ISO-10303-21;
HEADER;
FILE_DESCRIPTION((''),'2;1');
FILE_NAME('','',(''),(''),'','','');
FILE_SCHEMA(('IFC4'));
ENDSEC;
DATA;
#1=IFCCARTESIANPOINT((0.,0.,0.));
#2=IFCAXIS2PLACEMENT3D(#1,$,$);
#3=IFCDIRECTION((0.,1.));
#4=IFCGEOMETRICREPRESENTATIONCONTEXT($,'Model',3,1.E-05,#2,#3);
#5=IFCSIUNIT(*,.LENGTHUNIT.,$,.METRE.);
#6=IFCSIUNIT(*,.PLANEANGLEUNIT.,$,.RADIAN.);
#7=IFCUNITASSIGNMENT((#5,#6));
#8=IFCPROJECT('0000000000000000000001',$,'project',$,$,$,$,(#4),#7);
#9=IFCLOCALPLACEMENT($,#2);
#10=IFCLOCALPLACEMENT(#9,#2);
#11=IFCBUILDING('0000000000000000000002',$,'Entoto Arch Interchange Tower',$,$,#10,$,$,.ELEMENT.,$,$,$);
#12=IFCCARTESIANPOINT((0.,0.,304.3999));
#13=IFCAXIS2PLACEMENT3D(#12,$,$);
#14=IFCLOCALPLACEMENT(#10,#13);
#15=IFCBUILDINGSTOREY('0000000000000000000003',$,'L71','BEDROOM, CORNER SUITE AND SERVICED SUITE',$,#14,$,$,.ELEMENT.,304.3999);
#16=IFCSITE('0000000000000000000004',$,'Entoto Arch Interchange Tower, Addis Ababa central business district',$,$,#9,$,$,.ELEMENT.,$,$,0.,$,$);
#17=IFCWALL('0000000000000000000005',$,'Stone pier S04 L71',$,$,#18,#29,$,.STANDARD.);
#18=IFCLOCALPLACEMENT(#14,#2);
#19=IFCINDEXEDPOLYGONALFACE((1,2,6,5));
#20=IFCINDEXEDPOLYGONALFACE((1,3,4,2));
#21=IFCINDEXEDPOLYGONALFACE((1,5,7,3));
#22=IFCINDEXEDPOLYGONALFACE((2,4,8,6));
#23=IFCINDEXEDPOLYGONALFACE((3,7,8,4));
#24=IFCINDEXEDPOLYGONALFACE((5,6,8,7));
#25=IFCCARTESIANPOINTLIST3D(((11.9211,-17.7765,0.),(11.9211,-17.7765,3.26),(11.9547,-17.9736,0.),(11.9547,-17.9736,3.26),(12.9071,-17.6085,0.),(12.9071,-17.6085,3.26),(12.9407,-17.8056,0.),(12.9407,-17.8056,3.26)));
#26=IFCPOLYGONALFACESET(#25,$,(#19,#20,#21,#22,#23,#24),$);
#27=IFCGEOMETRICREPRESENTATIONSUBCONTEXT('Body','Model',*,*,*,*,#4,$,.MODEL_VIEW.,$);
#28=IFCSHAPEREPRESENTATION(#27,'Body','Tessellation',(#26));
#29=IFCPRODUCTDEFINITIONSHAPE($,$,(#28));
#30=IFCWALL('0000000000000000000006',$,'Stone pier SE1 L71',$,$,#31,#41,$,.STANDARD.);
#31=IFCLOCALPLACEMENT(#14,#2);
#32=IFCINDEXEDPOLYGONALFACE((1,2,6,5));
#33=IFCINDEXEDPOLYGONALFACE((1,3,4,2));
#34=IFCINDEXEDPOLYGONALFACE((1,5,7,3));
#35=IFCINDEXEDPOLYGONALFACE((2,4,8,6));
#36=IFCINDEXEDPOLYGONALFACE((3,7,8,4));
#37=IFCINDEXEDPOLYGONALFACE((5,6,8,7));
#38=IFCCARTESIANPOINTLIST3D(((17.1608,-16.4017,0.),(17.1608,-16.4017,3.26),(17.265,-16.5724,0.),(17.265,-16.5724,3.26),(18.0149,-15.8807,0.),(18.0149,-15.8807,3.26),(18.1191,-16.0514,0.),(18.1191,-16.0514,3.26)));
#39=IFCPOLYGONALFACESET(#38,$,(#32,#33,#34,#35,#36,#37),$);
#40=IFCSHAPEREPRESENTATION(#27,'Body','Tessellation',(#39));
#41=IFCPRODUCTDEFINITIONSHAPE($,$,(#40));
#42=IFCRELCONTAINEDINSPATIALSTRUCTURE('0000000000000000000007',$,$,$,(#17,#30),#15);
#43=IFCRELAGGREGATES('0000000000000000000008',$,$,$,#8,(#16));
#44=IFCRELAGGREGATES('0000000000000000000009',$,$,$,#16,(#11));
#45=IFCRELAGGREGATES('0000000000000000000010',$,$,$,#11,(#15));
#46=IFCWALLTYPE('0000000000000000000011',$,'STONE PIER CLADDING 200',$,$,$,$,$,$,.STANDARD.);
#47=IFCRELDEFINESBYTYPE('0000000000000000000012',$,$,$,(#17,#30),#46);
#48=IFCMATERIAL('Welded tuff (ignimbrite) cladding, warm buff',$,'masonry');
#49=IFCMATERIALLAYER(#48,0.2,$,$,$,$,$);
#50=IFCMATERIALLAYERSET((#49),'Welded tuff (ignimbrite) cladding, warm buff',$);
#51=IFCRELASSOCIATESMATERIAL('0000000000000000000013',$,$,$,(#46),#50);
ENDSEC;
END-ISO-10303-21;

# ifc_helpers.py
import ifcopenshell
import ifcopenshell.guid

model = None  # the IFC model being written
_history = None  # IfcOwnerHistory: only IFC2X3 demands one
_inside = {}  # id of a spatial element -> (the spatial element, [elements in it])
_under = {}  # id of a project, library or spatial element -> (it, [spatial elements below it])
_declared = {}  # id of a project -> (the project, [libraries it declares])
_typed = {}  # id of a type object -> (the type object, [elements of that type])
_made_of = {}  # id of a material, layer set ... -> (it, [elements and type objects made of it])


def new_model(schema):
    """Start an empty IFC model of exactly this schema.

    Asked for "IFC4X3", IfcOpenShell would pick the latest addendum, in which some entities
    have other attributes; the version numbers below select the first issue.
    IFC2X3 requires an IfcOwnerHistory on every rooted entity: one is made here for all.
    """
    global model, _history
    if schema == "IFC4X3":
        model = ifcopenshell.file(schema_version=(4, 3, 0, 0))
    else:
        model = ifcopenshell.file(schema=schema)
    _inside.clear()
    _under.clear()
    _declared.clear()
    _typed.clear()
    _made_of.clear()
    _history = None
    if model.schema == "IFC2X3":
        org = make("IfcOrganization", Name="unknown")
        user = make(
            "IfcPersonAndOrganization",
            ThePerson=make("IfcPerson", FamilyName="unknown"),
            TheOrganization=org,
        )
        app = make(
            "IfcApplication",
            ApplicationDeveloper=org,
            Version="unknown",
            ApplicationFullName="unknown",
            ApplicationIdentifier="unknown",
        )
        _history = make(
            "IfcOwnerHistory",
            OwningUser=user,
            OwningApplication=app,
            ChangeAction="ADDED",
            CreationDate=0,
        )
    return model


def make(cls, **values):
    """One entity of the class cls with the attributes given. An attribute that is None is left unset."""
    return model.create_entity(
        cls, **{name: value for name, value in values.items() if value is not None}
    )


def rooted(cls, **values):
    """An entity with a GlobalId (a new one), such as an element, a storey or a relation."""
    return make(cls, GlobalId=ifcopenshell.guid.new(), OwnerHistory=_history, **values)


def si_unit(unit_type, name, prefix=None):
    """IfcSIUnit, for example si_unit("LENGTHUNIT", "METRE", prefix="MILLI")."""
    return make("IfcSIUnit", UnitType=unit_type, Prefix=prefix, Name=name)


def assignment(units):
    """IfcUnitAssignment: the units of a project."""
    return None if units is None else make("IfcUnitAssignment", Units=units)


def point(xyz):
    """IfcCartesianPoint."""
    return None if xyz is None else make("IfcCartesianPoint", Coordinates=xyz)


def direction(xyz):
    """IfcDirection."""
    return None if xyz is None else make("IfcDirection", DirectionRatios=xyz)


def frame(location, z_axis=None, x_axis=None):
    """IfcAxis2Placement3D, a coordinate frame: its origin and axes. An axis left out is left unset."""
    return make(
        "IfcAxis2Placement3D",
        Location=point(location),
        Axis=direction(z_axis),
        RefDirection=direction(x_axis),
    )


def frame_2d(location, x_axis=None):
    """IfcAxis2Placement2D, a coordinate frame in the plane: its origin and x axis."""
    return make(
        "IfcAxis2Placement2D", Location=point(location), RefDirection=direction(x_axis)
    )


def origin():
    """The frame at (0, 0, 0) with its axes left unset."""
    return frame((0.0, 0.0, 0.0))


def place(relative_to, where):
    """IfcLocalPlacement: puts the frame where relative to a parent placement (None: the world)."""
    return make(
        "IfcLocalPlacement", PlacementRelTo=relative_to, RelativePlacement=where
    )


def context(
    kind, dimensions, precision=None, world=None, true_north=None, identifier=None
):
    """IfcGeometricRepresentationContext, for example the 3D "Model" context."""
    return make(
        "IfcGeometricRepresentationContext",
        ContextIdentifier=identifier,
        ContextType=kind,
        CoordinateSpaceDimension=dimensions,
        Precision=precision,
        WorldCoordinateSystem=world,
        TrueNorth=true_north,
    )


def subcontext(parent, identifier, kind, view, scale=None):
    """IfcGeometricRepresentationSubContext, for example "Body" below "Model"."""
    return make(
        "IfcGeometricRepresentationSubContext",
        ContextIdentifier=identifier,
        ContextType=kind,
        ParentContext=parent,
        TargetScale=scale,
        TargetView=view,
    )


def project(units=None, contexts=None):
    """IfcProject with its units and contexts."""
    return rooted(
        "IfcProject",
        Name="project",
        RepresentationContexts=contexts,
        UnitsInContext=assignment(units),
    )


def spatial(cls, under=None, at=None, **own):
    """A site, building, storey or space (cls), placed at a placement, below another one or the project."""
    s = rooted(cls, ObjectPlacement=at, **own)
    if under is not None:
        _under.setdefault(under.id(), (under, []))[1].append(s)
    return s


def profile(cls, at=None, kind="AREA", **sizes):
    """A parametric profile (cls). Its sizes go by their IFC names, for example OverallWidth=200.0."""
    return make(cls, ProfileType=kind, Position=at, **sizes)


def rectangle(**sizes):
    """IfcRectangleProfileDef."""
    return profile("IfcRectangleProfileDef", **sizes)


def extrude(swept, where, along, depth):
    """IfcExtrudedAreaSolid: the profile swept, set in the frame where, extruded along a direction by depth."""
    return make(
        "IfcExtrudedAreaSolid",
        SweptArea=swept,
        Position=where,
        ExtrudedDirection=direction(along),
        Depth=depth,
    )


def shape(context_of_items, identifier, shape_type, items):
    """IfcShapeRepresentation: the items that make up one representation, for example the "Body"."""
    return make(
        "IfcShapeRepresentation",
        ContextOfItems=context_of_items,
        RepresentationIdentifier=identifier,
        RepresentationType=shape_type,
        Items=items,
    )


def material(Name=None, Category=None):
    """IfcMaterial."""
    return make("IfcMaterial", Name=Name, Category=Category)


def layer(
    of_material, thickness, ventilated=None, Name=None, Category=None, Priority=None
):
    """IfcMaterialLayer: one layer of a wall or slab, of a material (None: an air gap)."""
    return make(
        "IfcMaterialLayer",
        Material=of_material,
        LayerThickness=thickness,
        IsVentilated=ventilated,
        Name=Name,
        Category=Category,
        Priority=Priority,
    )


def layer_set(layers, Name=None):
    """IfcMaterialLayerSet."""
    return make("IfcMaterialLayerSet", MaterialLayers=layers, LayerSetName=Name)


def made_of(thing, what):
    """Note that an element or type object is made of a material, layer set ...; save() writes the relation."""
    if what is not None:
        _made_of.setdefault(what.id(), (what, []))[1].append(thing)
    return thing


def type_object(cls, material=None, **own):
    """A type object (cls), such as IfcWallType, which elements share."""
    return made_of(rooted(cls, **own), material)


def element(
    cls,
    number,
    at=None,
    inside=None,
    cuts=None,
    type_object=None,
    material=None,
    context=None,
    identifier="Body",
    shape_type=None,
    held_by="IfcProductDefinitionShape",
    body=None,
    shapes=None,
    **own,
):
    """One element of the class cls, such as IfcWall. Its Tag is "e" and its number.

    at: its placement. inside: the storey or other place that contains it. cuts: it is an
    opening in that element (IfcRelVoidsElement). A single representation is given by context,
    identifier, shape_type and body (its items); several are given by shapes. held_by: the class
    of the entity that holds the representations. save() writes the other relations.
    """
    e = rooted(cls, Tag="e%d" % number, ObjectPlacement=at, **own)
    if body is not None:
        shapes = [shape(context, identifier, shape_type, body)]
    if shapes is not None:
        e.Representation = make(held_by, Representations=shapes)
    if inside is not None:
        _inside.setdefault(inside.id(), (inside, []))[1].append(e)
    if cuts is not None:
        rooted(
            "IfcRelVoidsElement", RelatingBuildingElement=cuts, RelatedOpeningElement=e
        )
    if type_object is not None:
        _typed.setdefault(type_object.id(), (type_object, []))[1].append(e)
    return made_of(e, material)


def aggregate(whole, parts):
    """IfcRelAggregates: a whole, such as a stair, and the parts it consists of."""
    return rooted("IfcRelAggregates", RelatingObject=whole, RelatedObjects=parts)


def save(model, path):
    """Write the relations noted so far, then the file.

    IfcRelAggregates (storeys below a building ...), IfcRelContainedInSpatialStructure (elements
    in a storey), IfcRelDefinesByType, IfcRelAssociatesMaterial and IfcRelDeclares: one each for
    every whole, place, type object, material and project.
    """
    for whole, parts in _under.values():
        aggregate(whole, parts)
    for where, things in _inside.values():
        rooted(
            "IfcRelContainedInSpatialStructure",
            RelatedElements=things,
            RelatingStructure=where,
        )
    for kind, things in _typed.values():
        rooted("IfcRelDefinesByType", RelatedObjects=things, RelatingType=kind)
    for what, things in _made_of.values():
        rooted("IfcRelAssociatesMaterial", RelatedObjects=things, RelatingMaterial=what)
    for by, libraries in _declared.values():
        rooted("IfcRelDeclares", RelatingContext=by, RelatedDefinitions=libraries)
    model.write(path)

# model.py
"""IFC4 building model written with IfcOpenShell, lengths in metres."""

from ifc_helpers import new_model, si_unit, direction, frame, frame_2d, origin, place, context, subcontext, project, spatial, rectangle, extrude, material, layer, layer_set, type_object, element, save


model = new_model("IFC4")

# Units and contexts
model_context = context("Model", 3, precision=1e-05, world=origin(), true_north=direction((0.0, 1.0)))
body_context = subcontext(model_context, "Body", "Model", "MODEL_VIEW")
ifc_project = project(units=[si_unit("LENGTHUNIT", "METRE"), si_unit("PLANEANGLEUNIT", "RADIAN")], contexts=[model_context])

# Site, building, storey
site_placement = place(None, origin())
site = spatial("IfcSite", under=ifc_project, at=site_placement, Name="Entoto Arch Interchange Tower, Addis Ababa central business district", CompositionType="ELEMENT", RefElevation=0.0)
building_placement = place(site_placement, origin())
building = spatial("IfcBuilding", under=site, at=building_placement, Name="Entoto Arch Interchange Tower", CompositionType="ELEMENT")
storey_placement = place(building_placement, frame((0.0, 0.0, 304.3999)))
storey = spatial("IfcBuildingStorey", under=building, at=storey_placement, Name="L71", Description="BEDROOM, CORNER SUITE AND SERVICED SUITE", CompositionType="ELEMENT", Elevation=304.3999)

# Shared definitions
ifc_material_1 = material(Name="Welded tuff (ignimbrite) cladding, warm buff", Category="masonry")

# Walls
ifc_layer_1 = layer(ifc_material_1, 0.2)
ifc_layer_set_1 = layer_set([ifc_layer_1], Name="Welded tuff (ignimbrite) cladding, warm buff")
wall_type_1 = type_object("IfcWallType", Name="STONE PIER CLADDING 200", PredefinedType="STANDARD", material=ifc_layer_set_1)
wall_1_placement = place(storey_placement, frame((11.938, -17.875, 0.0), z_axis=(0.0, 0.0, 1.0), x_axis=(0.985801, 0.16792, 0.0)))
element("IfcWall", 1, at=wall_1_placement, inside=storey, type_object=wall_type_1, Name="Stone pier S04 L71", PredefinedType="STANDARD", context=body_context, shape_type="SweptSolid", body=[
    extrude(rectangle(XDim=1.0002, YDim=0.2, at=frame_2d((0.5, 0.0))), origin(), (0.0, 0.0, 1.0), 3.26),
])
wall_2_placement = place(storey_placement, frame((17.2129, -16.4871, 0.0), z_axis=(0.0, 0.0, 1.0), x_axis=(0.85368, 0.520798, 0.0)))
element("IfcWall", 2, at=wall_2_placement, inside=storey, type_object=wall_type_1, Name="Stone pier SE1 L71", PredefinedType="STANDARD", context=body_context, shape_type="SweptSolid", body=[
    extrude(rectangle(XDim=1.0005, YDim=0.2, at=frame_2d((0.5002, 0.0))), origin(), (0.0, 0.0, 1.0), 3.26),
])

save(model, "model.ifc")
